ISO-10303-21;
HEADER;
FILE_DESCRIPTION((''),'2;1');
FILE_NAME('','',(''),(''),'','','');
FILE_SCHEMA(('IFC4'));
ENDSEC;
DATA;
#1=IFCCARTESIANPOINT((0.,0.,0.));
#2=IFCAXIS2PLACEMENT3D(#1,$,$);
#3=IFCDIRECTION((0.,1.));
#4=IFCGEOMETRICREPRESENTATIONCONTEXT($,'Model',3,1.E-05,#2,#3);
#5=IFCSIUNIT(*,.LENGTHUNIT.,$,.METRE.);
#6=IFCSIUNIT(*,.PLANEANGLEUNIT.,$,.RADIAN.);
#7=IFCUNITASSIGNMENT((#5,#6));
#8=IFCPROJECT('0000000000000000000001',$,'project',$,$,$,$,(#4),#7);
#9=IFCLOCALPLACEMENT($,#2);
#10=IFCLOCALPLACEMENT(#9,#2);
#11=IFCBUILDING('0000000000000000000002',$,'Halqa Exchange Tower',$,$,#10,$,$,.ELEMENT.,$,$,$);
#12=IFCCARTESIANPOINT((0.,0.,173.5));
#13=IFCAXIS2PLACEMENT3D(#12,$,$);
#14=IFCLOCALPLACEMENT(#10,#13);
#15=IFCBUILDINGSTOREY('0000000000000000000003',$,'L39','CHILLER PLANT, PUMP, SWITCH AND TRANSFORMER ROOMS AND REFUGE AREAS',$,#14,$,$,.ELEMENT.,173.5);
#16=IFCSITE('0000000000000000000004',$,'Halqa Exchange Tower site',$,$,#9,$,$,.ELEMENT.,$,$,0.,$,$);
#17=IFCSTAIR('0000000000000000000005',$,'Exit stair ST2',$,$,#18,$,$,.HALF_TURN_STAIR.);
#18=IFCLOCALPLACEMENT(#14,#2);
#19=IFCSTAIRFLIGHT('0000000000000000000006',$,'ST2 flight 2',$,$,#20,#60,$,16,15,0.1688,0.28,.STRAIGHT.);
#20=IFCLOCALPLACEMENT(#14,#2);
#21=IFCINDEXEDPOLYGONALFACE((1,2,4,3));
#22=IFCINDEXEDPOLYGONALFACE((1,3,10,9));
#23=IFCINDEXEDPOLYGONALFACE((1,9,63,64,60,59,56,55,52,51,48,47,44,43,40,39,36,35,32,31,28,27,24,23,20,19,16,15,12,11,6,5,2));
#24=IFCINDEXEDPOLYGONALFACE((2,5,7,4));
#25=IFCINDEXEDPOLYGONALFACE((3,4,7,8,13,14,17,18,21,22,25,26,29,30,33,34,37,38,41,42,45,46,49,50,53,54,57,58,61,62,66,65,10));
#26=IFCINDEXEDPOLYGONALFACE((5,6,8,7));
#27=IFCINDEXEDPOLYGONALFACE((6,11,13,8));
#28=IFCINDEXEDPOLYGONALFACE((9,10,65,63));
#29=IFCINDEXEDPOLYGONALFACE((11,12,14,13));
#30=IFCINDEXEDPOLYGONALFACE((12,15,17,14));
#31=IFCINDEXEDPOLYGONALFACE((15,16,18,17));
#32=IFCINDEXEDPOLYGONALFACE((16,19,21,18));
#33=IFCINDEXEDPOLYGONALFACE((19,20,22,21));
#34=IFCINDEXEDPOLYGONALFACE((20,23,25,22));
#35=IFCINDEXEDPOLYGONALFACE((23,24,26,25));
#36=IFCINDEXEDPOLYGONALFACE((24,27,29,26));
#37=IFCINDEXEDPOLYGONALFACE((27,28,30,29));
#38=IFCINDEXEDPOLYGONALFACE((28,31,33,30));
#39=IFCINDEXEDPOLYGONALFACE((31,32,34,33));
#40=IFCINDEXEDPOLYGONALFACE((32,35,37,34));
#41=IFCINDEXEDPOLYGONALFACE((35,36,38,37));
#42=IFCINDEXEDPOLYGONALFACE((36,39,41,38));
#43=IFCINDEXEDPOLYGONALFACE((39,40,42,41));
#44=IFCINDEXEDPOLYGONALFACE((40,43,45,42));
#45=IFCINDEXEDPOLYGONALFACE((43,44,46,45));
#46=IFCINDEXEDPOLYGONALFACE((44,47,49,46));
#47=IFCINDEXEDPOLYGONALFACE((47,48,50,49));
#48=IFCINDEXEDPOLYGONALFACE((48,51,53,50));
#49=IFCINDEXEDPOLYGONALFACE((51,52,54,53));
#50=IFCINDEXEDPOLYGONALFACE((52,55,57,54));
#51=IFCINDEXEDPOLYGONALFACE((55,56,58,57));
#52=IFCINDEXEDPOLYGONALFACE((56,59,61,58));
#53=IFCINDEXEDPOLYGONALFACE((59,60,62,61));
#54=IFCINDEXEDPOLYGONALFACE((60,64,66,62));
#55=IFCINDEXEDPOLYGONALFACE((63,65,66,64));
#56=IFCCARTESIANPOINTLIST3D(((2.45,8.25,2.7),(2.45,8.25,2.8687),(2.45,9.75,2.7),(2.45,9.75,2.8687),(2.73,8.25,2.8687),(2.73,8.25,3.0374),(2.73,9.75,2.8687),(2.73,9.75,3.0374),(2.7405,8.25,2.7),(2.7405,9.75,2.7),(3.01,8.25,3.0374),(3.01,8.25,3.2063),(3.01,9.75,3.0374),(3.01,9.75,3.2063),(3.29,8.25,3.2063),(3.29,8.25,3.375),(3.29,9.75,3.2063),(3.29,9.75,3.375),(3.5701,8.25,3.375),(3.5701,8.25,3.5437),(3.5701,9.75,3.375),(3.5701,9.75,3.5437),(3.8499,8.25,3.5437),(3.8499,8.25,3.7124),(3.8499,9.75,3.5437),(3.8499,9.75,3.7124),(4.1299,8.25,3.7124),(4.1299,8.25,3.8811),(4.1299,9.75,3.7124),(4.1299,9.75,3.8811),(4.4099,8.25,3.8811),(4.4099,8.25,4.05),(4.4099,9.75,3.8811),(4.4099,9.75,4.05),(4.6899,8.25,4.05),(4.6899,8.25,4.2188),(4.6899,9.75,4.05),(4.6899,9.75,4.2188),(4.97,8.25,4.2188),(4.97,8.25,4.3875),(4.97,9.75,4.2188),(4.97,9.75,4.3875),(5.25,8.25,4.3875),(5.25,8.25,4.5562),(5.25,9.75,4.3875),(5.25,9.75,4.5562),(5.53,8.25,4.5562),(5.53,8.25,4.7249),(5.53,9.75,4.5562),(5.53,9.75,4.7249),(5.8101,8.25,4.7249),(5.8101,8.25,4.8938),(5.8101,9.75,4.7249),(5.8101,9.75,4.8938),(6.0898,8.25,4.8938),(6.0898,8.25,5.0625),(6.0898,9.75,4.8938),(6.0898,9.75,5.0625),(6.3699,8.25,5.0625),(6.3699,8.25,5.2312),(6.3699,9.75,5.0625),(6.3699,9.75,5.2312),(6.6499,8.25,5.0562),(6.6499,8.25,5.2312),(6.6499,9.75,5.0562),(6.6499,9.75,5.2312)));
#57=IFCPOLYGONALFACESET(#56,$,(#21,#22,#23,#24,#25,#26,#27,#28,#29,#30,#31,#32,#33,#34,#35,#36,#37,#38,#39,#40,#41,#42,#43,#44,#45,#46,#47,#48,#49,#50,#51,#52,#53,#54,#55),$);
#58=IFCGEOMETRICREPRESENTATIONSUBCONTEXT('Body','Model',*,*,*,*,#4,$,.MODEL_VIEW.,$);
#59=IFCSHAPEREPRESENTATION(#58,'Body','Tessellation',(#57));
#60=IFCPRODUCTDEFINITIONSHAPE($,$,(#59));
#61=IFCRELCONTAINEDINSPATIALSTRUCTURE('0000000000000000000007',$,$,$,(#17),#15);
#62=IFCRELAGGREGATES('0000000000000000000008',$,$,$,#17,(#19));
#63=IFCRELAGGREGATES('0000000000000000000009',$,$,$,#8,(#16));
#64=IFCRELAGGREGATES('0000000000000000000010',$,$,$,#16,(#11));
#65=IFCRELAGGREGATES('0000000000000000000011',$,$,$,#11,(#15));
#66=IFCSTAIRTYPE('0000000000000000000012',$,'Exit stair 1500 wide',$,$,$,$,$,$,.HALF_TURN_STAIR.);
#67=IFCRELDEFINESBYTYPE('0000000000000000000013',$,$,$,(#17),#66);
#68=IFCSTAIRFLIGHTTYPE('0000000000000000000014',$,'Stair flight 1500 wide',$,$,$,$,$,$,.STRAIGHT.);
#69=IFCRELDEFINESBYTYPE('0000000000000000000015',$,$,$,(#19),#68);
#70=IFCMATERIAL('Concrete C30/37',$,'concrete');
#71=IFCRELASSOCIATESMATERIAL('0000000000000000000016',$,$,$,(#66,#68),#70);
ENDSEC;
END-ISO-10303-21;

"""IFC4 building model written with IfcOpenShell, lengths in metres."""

from ifc_helpers import new_model, si_unit, direction, frame, origin, place, context, subcontext, project, spatial, polyline, outline, extrude, material, type_object, element, aggregate, save


model = new_model("IFC4")

# Units and contexts
model_context = context("Model", 3, precision=1e-05, world=origin(), true_north=direction((0.0, 1.0)))
body_context = subcontext(model_context, "Body", "Model", "MODEL_VIEW")
ifc_project = project(units=[si_unit("LENGTHUNIT", "METRE"), si_unit("PLANEANGLEUNIT", "RADIAN")], contexts=[model_context])

# Site, building, storey
site_placement = place(None, origin())
site = spatial("IfcSite", under=ifc_project, at=site_placement, Name="Halqa Exchange Tower site", CompositionType="ELEMENT", RefElevation=0.0)
building_placement = place(site_placement, origin())
building = spatial("IfcBuilding", under=site, at=building_placement, Name="Halqa Exchange Tower", CompositionType="ELEMENT")
storey_placement = place(building_placement, frame((0.0, 0.0, 173.5)))
storey = spatial("IfcBuildingStorey", under=building, at=storey_placement, Name="L39", Description="CHILLER PLANT, PUMP, SWITCH AND TRANSFORMER ROOMS AND REFUGE AREAS", CompositionType="ELEMENT", Elevation=173.5)

# Shared definitions
ifc_material_1 = material(Name="Concrete C30/37", Category="concrete")
stair_type = type_object("IfcStairType", Name="Exit stair 1500 wide", PredefinedType="HALF_TURN_STAIR", material=ifc_material_1)

# Stair, stair flight
stair_1_placement = place(storey_placement, origin())
stair_1 = element("IfcStair", 1, at=stair_1_placement, inside=storey, type_object=stair_type, Name="Exit stair ST2", PredefinedType="HALF_TURN_STAIR")
stair_flight_type = type_object("IfcStairFlightType", Name="Stair flight 1500 wide", PredefinedType="STRAIGHT", material=ifc_material_1)
stair_flight_1_placement = place(storey_placement, frame((2.45, 9.0, 2.7), z_axis=(0.0, 0.0, 1.0), x_axis=(1.0, 0.0, 0.0)))
stair_flight_1 = element("IfcStairFlight", 2, at=stair_flight_1_placement, type_object=stair_flight_type, Name="ST2 flight 2", NumberOfRisers=16, NumberOfTreads=15, PredefinedType="STRAIGHT", RiserHeight=0.1688, TreadLength=0.28, context=body_context, shape_type="SweptSolid", body=[
    extrude(outline(polyline([(0.0, 0.0), (0.0, 0.1687), (0.28, 0.1687), (0.28, 0.3374), (0.5601, 0.3374), (0.5601, 0.5063), (0.8401, 0.5063), (0.8401, 0.675), (1.1201, 0.675), (1.1201, 0.8438), (1.3999, 0.8438), (1.3999, 1.0125), (1.6799, 1.0125), (1.6799, 1.1812), (1.96, 1.1812), (1.96, 1.3501), (2.24, 1.3501), (2.24, 1.5188), (2.52, 1.5188), (2.52, 1.6875), (2.8, 1.6875), (2.8, 1.8562), (3.0801, 1.8562), (3.0801, 2.0249), (3.3601, 2.0249), (3.3601, 2.1938), (3.6399, 2.1938), (3.6399, 2.3625), (3.9199, 2.3625), (3.9199, 2.5312), (4.2, 2.5312), (4.2, 2.7), (4.2, 2.3562), (0.2905, 0.0), (0.0, 0.0)])), frame((0.0, 0.75, 0.0), z_axis=(0.0, -1.0, 0.0), x_axis=(1.0, 0.0, 0.0)), (0.0, 0.0, 1.0), 1.5),
])
aggregate(stair_1, [stair_flight_1])

save(model, "model.ifc")
